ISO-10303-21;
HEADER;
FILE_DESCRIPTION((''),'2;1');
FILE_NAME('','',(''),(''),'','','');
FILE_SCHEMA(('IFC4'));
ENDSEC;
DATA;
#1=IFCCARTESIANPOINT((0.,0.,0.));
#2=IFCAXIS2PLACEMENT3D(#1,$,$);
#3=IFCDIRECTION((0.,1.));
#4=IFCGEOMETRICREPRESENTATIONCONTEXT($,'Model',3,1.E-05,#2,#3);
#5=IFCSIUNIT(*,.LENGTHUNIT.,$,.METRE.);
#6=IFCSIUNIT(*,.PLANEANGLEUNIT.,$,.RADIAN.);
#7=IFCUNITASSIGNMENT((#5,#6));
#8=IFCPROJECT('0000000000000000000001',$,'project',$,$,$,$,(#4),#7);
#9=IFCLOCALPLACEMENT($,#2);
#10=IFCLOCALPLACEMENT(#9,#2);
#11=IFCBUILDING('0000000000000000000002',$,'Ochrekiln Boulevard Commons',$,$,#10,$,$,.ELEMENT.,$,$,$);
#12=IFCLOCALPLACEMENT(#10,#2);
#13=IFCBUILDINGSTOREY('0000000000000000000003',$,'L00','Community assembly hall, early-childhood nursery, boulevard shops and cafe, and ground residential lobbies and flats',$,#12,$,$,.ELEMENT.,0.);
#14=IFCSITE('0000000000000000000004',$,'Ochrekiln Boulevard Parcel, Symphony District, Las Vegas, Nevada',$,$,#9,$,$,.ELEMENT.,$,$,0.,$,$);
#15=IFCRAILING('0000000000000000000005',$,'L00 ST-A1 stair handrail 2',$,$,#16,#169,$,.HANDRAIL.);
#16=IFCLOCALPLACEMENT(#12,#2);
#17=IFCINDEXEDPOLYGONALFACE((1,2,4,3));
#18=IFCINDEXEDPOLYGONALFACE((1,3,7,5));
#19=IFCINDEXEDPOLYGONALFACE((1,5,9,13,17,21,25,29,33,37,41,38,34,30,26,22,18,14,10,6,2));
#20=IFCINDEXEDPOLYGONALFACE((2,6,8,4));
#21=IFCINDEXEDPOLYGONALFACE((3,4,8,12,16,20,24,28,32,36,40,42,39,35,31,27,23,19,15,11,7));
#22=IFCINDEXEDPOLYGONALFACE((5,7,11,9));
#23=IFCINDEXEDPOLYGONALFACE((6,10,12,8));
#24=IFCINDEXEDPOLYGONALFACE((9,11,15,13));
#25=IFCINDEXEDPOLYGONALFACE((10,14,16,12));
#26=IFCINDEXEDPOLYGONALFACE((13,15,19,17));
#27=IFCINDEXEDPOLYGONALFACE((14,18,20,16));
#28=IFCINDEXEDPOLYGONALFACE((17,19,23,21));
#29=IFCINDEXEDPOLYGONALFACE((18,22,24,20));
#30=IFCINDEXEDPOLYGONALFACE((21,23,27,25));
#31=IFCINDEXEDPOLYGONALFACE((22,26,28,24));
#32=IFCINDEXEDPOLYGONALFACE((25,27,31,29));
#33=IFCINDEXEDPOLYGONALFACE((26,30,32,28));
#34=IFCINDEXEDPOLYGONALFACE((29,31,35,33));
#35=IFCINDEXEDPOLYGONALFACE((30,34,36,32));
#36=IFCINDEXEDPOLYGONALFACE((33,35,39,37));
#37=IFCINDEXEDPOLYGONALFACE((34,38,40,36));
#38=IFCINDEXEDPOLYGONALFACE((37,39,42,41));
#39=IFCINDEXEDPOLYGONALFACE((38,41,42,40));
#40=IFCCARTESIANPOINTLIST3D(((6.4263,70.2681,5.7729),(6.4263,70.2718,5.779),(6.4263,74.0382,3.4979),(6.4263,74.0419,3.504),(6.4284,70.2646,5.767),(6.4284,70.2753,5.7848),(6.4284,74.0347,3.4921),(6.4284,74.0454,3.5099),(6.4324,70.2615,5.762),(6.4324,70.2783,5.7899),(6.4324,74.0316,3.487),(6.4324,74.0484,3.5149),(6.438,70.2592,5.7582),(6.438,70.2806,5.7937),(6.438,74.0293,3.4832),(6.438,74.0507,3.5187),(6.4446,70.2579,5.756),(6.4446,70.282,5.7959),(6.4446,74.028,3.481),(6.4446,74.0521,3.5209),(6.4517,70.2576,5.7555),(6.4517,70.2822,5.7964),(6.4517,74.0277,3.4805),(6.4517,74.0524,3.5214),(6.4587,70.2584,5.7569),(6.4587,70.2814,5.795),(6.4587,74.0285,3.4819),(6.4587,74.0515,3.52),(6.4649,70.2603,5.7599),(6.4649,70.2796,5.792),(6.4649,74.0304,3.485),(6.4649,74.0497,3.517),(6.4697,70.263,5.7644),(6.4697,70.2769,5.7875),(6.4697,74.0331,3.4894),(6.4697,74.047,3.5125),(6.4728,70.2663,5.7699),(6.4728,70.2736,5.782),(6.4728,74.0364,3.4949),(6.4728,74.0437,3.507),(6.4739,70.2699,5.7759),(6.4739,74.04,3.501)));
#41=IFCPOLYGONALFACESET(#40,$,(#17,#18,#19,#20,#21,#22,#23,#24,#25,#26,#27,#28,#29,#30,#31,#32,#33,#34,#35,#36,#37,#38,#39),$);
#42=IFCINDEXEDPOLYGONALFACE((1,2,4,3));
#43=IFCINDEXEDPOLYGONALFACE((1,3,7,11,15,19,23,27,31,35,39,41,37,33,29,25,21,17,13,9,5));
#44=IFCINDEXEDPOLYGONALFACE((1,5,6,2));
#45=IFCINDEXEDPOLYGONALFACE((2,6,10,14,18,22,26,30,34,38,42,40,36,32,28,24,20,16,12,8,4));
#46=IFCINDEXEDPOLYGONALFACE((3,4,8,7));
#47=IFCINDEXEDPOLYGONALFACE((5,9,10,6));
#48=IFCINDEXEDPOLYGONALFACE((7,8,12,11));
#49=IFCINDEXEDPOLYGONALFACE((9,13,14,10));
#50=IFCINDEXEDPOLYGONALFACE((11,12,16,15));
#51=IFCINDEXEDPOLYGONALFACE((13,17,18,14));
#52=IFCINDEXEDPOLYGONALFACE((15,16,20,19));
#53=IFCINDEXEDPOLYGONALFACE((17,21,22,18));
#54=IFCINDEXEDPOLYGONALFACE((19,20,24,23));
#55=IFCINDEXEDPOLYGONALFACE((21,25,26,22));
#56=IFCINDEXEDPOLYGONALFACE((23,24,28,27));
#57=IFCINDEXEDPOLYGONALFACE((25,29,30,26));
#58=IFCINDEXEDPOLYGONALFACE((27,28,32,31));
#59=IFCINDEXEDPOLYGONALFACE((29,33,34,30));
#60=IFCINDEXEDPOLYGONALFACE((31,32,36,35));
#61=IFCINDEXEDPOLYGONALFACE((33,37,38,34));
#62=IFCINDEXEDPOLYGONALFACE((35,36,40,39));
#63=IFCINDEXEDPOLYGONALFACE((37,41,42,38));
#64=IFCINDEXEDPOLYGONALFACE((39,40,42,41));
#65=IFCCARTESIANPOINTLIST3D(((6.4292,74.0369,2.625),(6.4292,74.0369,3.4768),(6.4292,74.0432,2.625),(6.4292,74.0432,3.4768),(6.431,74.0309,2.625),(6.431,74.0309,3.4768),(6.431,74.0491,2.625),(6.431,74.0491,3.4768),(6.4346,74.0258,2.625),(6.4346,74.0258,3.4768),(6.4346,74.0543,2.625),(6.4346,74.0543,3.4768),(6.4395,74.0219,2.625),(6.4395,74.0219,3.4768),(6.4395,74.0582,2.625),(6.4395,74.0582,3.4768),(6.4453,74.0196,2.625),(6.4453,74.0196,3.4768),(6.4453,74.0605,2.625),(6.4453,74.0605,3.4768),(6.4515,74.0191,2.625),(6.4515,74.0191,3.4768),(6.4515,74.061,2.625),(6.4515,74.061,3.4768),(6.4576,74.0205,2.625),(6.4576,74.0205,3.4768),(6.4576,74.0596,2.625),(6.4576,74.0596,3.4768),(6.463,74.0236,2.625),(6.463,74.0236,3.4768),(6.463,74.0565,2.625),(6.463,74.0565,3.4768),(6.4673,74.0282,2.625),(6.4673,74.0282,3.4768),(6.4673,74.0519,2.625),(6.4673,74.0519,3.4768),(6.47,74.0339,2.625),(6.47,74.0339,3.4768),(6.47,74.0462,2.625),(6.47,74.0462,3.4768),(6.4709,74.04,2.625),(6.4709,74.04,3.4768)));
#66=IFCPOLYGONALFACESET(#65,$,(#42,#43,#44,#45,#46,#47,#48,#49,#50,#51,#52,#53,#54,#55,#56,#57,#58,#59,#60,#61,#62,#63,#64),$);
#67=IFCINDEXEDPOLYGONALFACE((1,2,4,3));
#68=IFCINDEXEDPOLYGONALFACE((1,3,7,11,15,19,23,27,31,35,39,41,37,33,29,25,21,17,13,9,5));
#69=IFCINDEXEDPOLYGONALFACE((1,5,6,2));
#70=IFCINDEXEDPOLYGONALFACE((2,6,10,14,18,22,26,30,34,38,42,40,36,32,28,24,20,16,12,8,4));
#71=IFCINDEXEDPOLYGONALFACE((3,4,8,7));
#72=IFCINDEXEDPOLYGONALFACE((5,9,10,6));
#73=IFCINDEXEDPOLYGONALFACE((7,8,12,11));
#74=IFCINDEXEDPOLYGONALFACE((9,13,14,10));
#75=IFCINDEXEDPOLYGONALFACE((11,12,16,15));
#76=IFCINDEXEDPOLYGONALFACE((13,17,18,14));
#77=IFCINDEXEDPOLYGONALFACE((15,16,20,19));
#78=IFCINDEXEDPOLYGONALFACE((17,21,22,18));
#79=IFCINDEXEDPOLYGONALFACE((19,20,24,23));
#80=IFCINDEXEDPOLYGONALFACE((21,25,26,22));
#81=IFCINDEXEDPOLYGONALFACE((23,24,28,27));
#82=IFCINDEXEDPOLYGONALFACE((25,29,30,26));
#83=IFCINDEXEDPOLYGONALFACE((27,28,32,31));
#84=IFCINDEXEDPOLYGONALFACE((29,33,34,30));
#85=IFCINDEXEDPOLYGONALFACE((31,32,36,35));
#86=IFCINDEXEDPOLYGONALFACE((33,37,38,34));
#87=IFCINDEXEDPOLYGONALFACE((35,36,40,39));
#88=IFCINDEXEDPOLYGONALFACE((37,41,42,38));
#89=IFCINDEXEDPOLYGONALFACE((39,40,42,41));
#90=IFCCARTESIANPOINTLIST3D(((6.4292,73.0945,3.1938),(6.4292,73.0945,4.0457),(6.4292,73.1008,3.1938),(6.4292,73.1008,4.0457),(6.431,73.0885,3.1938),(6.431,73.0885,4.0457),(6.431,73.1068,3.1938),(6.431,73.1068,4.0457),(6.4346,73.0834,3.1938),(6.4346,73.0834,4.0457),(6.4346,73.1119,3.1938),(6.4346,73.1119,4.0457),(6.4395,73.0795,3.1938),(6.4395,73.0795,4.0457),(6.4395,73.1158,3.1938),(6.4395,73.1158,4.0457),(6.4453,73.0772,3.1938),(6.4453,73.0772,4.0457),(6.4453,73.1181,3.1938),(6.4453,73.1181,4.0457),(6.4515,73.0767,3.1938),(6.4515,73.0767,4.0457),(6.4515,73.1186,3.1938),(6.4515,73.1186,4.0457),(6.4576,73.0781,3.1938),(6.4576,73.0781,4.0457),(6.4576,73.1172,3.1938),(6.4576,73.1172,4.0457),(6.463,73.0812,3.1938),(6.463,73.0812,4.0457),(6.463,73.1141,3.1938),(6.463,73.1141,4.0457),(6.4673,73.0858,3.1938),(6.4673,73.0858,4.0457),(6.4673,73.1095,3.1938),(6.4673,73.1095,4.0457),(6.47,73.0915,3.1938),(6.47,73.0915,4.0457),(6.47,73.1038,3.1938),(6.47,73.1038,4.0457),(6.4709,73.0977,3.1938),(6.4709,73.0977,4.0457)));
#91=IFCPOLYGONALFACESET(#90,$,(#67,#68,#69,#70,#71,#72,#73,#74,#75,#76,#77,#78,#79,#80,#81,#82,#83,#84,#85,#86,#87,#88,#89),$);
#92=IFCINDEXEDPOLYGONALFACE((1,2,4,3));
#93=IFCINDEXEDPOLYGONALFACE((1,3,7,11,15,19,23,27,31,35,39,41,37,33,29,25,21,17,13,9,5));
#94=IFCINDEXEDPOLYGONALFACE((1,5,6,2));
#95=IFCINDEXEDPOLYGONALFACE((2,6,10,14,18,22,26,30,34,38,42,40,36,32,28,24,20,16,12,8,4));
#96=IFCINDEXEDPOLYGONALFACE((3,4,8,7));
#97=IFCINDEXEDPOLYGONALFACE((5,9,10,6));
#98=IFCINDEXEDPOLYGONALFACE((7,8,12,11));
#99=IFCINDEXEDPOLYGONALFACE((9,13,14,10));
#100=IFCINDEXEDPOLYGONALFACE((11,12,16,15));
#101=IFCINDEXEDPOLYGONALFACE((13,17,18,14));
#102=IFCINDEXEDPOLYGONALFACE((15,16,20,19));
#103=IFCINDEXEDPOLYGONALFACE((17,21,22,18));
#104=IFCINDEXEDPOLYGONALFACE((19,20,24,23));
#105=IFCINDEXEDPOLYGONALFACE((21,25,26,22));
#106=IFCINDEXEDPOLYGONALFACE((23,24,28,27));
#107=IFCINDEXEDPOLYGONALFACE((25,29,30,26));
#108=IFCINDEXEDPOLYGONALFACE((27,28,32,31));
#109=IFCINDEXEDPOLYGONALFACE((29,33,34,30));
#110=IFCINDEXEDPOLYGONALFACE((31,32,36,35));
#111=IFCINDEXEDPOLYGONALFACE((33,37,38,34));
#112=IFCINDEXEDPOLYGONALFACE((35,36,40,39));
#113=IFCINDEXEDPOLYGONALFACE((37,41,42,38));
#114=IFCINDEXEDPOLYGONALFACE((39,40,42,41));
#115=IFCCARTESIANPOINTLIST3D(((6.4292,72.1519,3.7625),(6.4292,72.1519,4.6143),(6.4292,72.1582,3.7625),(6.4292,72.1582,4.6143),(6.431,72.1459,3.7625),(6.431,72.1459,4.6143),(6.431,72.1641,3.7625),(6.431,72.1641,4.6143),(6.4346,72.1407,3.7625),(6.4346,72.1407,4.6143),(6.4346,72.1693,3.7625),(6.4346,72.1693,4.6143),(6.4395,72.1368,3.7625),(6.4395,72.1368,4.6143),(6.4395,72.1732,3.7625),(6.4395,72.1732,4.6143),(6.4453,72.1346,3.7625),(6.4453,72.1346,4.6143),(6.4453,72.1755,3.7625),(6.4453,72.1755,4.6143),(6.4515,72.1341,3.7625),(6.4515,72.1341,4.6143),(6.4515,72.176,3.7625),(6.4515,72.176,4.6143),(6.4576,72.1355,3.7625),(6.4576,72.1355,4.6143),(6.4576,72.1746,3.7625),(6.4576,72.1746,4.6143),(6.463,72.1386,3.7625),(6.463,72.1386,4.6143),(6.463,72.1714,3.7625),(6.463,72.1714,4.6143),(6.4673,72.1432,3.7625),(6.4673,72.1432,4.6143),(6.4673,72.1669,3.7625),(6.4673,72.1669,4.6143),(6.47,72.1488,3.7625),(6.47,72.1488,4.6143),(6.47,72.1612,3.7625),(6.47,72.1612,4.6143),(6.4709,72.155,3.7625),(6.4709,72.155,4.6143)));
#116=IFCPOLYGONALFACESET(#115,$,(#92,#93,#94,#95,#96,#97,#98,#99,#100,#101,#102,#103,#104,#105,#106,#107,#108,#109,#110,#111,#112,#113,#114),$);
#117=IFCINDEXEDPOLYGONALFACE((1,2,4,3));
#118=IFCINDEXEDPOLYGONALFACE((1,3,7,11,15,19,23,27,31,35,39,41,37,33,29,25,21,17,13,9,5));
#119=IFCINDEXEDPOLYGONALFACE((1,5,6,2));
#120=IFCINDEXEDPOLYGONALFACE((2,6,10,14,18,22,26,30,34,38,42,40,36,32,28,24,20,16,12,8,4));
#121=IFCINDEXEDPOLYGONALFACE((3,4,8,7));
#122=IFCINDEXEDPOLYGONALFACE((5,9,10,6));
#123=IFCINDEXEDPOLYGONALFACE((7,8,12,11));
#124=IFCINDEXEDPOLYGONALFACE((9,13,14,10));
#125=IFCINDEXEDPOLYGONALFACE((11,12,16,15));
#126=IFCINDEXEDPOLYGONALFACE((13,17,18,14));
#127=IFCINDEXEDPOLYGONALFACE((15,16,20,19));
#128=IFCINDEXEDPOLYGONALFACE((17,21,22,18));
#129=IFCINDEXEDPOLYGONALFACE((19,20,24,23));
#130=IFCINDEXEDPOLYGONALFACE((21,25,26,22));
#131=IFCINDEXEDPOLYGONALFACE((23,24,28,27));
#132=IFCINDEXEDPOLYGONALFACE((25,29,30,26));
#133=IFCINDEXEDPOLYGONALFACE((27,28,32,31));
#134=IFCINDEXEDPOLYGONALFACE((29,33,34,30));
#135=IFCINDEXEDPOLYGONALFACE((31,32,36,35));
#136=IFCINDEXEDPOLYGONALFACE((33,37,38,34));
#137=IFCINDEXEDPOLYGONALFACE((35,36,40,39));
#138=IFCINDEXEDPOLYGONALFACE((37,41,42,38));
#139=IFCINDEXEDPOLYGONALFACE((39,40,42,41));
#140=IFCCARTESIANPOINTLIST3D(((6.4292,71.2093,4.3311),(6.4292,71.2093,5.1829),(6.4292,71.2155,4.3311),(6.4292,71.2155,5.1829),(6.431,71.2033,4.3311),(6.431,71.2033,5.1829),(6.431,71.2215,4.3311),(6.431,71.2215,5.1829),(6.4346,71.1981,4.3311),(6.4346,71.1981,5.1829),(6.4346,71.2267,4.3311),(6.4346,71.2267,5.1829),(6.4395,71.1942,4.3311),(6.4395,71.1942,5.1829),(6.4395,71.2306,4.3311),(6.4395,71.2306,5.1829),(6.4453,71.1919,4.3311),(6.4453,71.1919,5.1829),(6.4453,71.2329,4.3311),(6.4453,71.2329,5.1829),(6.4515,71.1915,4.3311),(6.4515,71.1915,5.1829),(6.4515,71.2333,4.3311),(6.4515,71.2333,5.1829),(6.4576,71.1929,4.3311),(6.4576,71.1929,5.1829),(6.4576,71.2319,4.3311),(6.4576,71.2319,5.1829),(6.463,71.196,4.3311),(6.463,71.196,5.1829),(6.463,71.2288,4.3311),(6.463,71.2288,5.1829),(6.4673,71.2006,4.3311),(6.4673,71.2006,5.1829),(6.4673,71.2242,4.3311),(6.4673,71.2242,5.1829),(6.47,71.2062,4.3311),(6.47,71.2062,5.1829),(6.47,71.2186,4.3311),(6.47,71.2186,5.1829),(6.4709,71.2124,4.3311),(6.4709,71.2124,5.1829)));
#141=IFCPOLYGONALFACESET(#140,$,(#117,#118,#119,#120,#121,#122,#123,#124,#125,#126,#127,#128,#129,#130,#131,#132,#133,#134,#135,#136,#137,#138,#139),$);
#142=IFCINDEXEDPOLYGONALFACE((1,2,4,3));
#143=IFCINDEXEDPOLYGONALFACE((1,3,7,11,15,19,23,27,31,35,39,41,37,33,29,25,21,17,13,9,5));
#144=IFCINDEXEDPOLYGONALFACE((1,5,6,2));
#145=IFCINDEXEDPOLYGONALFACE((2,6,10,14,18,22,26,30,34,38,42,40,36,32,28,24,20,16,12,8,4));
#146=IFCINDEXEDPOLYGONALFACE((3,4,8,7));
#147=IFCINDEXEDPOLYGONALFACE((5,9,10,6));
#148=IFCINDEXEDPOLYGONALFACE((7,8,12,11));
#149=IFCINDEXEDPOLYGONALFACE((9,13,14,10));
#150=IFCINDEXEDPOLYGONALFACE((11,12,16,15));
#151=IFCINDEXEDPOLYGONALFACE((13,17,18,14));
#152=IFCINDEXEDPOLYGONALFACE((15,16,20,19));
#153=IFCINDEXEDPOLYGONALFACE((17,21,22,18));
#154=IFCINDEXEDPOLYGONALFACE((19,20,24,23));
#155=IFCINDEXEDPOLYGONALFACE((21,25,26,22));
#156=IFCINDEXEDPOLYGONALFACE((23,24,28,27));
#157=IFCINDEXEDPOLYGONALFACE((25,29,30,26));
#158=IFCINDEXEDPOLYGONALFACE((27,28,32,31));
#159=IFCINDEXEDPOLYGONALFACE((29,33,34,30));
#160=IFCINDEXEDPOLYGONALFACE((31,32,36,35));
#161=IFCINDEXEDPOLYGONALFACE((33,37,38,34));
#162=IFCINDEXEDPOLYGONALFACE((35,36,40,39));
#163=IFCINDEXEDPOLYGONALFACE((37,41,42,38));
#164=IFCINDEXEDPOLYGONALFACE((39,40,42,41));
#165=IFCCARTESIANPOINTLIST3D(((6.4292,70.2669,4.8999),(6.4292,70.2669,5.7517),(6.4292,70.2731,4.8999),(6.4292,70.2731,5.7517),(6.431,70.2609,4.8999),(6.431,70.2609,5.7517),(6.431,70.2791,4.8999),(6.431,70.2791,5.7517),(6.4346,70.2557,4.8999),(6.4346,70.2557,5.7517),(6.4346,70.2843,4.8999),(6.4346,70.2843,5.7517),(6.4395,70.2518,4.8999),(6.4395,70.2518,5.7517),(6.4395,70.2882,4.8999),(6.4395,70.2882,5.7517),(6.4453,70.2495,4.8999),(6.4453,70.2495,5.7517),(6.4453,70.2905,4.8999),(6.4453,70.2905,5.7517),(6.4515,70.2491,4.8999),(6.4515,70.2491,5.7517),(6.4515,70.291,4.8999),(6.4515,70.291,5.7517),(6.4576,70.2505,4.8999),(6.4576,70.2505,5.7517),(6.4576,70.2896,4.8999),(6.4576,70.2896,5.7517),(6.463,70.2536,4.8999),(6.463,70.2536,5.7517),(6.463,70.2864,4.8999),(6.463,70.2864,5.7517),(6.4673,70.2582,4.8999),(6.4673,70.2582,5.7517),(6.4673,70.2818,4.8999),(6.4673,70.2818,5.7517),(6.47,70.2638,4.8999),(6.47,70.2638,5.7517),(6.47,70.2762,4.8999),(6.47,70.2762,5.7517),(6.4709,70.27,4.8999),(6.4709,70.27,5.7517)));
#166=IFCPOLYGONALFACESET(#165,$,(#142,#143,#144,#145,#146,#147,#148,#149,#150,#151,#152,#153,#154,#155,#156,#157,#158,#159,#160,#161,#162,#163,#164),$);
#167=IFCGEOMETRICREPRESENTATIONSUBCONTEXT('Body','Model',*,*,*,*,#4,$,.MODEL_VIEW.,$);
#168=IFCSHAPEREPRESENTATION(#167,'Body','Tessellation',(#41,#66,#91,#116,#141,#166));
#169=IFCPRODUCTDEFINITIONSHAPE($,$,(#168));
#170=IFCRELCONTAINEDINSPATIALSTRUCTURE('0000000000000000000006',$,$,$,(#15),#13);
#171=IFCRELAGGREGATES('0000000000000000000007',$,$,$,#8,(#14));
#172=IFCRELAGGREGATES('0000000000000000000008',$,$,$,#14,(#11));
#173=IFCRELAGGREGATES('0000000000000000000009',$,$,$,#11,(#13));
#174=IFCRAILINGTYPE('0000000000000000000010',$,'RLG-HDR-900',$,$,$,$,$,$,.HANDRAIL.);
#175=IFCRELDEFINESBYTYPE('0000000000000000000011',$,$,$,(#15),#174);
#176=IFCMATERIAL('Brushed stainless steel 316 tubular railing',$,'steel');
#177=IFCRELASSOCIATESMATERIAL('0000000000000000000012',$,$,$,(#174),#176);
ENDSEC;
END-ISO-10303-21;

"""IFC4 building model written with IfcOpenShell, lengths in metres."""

from ifc_helpers import new_model, si_unit, direction, frame, origin, origin_2d, place, context, subcontext, project, spatial, circle, extrude, material, type_object, element, save


model = new_model("IFC4")

# Units and contexts
model_context = context("Model", 3, precision=1e-05, world=origin(), true_north=direction((0.0, 1.0)))
body_context = subcontext(model_context, "Body", "Model", "MODEL_VIEW")
ifc_project = project(units=[si_unit("LENGTHUNIT", "METRE"), si_unit("PLANEANGLEUNIT", "RADIAN")], contexts=[model_context])

# Site, building, storey
site_placement = place(None, origin())
site = spatial("IfcSite", under=ifc_project, at=site_placement, Name="Ochrekiln Boulevard Parcel, Symphony District, Las Vegas, Nevada", CompositionType="ELEMENT", RefElevation=0.0)
building_placement = place(site_placement, origin())
building = spatial("IfcBuilding", under=site, at=building_placement, Name="Ochrekiln Boulevard Commons", CompositionType="ELEMENT")
storey_placement = place(building_placement, origin())
storey = spatial("IfcBuildingStorey", under=building, at=storey_placement, Name="L00", Description="Community assembly hall, early-childhood nursery, boulevard shops and cafe, and ground residential lobbies and flats", CompositionType="ELEMENT", Elevation=0.0)

# Railing
ifc_material_1 = material(Name="Brushed stainless steel 316 tubular railing", Category="steel")
railing_type_1 = type_object("IfcRailingType", Name="RLG-HDR-900", PredefinedType="HANDRAIL", material=ifc_material_1)
railing_1_placement = place(storey_placement, frame((6.45, 74.04, 2.625)))
element("IfcRailing", 1, at=railing_1_placement, inside=storey, type_object=railing_type_1, Name="L00 ST-A1 stair handrail 2", PredefinedType="HANDRAIL", context=body_context, shape_type="SweptSolid", body=[
    extrude(circle(Radius=0.0239, at=origin_2d()), frame((0.0, 0.0, 0.876), z_axis=(0.0, -0.856199, 0.516647), x_axis=(1.0, 0.0, 0.0)), (0.0, 0.0, 1.0), 4.4033),
    extrude(circle(Radius=0.021, at=origin_2d()), origin(), (0.0, 0.0, 1.0), 0.8518),
    extrude(circle(Radius=0.021, at=origin_2d()), frame((0.0, -0.9424, 0.5688)), (0.0, 0.0, 1.0), 0.8518),
    extrude(circle(Radius=0.021, at=origin_2d()), frame((0.0, -1.885, 1.1375)), (0.0, 0.0, 1.0), 0.8518),
    extrude(circle(Radius=0.021, at=origin_2d()), frame((0.0, -2.8276, 1.7061)), (0.0, 0.0, 1.0), 0.8518),
    extrude(circle(Radius=0.021, at=origin_2d()), frame((0.0, -3.77, 2.2749)), (0.0, 0.0, 1.0), 0.8518),
])

save(model, "model.ifc")
